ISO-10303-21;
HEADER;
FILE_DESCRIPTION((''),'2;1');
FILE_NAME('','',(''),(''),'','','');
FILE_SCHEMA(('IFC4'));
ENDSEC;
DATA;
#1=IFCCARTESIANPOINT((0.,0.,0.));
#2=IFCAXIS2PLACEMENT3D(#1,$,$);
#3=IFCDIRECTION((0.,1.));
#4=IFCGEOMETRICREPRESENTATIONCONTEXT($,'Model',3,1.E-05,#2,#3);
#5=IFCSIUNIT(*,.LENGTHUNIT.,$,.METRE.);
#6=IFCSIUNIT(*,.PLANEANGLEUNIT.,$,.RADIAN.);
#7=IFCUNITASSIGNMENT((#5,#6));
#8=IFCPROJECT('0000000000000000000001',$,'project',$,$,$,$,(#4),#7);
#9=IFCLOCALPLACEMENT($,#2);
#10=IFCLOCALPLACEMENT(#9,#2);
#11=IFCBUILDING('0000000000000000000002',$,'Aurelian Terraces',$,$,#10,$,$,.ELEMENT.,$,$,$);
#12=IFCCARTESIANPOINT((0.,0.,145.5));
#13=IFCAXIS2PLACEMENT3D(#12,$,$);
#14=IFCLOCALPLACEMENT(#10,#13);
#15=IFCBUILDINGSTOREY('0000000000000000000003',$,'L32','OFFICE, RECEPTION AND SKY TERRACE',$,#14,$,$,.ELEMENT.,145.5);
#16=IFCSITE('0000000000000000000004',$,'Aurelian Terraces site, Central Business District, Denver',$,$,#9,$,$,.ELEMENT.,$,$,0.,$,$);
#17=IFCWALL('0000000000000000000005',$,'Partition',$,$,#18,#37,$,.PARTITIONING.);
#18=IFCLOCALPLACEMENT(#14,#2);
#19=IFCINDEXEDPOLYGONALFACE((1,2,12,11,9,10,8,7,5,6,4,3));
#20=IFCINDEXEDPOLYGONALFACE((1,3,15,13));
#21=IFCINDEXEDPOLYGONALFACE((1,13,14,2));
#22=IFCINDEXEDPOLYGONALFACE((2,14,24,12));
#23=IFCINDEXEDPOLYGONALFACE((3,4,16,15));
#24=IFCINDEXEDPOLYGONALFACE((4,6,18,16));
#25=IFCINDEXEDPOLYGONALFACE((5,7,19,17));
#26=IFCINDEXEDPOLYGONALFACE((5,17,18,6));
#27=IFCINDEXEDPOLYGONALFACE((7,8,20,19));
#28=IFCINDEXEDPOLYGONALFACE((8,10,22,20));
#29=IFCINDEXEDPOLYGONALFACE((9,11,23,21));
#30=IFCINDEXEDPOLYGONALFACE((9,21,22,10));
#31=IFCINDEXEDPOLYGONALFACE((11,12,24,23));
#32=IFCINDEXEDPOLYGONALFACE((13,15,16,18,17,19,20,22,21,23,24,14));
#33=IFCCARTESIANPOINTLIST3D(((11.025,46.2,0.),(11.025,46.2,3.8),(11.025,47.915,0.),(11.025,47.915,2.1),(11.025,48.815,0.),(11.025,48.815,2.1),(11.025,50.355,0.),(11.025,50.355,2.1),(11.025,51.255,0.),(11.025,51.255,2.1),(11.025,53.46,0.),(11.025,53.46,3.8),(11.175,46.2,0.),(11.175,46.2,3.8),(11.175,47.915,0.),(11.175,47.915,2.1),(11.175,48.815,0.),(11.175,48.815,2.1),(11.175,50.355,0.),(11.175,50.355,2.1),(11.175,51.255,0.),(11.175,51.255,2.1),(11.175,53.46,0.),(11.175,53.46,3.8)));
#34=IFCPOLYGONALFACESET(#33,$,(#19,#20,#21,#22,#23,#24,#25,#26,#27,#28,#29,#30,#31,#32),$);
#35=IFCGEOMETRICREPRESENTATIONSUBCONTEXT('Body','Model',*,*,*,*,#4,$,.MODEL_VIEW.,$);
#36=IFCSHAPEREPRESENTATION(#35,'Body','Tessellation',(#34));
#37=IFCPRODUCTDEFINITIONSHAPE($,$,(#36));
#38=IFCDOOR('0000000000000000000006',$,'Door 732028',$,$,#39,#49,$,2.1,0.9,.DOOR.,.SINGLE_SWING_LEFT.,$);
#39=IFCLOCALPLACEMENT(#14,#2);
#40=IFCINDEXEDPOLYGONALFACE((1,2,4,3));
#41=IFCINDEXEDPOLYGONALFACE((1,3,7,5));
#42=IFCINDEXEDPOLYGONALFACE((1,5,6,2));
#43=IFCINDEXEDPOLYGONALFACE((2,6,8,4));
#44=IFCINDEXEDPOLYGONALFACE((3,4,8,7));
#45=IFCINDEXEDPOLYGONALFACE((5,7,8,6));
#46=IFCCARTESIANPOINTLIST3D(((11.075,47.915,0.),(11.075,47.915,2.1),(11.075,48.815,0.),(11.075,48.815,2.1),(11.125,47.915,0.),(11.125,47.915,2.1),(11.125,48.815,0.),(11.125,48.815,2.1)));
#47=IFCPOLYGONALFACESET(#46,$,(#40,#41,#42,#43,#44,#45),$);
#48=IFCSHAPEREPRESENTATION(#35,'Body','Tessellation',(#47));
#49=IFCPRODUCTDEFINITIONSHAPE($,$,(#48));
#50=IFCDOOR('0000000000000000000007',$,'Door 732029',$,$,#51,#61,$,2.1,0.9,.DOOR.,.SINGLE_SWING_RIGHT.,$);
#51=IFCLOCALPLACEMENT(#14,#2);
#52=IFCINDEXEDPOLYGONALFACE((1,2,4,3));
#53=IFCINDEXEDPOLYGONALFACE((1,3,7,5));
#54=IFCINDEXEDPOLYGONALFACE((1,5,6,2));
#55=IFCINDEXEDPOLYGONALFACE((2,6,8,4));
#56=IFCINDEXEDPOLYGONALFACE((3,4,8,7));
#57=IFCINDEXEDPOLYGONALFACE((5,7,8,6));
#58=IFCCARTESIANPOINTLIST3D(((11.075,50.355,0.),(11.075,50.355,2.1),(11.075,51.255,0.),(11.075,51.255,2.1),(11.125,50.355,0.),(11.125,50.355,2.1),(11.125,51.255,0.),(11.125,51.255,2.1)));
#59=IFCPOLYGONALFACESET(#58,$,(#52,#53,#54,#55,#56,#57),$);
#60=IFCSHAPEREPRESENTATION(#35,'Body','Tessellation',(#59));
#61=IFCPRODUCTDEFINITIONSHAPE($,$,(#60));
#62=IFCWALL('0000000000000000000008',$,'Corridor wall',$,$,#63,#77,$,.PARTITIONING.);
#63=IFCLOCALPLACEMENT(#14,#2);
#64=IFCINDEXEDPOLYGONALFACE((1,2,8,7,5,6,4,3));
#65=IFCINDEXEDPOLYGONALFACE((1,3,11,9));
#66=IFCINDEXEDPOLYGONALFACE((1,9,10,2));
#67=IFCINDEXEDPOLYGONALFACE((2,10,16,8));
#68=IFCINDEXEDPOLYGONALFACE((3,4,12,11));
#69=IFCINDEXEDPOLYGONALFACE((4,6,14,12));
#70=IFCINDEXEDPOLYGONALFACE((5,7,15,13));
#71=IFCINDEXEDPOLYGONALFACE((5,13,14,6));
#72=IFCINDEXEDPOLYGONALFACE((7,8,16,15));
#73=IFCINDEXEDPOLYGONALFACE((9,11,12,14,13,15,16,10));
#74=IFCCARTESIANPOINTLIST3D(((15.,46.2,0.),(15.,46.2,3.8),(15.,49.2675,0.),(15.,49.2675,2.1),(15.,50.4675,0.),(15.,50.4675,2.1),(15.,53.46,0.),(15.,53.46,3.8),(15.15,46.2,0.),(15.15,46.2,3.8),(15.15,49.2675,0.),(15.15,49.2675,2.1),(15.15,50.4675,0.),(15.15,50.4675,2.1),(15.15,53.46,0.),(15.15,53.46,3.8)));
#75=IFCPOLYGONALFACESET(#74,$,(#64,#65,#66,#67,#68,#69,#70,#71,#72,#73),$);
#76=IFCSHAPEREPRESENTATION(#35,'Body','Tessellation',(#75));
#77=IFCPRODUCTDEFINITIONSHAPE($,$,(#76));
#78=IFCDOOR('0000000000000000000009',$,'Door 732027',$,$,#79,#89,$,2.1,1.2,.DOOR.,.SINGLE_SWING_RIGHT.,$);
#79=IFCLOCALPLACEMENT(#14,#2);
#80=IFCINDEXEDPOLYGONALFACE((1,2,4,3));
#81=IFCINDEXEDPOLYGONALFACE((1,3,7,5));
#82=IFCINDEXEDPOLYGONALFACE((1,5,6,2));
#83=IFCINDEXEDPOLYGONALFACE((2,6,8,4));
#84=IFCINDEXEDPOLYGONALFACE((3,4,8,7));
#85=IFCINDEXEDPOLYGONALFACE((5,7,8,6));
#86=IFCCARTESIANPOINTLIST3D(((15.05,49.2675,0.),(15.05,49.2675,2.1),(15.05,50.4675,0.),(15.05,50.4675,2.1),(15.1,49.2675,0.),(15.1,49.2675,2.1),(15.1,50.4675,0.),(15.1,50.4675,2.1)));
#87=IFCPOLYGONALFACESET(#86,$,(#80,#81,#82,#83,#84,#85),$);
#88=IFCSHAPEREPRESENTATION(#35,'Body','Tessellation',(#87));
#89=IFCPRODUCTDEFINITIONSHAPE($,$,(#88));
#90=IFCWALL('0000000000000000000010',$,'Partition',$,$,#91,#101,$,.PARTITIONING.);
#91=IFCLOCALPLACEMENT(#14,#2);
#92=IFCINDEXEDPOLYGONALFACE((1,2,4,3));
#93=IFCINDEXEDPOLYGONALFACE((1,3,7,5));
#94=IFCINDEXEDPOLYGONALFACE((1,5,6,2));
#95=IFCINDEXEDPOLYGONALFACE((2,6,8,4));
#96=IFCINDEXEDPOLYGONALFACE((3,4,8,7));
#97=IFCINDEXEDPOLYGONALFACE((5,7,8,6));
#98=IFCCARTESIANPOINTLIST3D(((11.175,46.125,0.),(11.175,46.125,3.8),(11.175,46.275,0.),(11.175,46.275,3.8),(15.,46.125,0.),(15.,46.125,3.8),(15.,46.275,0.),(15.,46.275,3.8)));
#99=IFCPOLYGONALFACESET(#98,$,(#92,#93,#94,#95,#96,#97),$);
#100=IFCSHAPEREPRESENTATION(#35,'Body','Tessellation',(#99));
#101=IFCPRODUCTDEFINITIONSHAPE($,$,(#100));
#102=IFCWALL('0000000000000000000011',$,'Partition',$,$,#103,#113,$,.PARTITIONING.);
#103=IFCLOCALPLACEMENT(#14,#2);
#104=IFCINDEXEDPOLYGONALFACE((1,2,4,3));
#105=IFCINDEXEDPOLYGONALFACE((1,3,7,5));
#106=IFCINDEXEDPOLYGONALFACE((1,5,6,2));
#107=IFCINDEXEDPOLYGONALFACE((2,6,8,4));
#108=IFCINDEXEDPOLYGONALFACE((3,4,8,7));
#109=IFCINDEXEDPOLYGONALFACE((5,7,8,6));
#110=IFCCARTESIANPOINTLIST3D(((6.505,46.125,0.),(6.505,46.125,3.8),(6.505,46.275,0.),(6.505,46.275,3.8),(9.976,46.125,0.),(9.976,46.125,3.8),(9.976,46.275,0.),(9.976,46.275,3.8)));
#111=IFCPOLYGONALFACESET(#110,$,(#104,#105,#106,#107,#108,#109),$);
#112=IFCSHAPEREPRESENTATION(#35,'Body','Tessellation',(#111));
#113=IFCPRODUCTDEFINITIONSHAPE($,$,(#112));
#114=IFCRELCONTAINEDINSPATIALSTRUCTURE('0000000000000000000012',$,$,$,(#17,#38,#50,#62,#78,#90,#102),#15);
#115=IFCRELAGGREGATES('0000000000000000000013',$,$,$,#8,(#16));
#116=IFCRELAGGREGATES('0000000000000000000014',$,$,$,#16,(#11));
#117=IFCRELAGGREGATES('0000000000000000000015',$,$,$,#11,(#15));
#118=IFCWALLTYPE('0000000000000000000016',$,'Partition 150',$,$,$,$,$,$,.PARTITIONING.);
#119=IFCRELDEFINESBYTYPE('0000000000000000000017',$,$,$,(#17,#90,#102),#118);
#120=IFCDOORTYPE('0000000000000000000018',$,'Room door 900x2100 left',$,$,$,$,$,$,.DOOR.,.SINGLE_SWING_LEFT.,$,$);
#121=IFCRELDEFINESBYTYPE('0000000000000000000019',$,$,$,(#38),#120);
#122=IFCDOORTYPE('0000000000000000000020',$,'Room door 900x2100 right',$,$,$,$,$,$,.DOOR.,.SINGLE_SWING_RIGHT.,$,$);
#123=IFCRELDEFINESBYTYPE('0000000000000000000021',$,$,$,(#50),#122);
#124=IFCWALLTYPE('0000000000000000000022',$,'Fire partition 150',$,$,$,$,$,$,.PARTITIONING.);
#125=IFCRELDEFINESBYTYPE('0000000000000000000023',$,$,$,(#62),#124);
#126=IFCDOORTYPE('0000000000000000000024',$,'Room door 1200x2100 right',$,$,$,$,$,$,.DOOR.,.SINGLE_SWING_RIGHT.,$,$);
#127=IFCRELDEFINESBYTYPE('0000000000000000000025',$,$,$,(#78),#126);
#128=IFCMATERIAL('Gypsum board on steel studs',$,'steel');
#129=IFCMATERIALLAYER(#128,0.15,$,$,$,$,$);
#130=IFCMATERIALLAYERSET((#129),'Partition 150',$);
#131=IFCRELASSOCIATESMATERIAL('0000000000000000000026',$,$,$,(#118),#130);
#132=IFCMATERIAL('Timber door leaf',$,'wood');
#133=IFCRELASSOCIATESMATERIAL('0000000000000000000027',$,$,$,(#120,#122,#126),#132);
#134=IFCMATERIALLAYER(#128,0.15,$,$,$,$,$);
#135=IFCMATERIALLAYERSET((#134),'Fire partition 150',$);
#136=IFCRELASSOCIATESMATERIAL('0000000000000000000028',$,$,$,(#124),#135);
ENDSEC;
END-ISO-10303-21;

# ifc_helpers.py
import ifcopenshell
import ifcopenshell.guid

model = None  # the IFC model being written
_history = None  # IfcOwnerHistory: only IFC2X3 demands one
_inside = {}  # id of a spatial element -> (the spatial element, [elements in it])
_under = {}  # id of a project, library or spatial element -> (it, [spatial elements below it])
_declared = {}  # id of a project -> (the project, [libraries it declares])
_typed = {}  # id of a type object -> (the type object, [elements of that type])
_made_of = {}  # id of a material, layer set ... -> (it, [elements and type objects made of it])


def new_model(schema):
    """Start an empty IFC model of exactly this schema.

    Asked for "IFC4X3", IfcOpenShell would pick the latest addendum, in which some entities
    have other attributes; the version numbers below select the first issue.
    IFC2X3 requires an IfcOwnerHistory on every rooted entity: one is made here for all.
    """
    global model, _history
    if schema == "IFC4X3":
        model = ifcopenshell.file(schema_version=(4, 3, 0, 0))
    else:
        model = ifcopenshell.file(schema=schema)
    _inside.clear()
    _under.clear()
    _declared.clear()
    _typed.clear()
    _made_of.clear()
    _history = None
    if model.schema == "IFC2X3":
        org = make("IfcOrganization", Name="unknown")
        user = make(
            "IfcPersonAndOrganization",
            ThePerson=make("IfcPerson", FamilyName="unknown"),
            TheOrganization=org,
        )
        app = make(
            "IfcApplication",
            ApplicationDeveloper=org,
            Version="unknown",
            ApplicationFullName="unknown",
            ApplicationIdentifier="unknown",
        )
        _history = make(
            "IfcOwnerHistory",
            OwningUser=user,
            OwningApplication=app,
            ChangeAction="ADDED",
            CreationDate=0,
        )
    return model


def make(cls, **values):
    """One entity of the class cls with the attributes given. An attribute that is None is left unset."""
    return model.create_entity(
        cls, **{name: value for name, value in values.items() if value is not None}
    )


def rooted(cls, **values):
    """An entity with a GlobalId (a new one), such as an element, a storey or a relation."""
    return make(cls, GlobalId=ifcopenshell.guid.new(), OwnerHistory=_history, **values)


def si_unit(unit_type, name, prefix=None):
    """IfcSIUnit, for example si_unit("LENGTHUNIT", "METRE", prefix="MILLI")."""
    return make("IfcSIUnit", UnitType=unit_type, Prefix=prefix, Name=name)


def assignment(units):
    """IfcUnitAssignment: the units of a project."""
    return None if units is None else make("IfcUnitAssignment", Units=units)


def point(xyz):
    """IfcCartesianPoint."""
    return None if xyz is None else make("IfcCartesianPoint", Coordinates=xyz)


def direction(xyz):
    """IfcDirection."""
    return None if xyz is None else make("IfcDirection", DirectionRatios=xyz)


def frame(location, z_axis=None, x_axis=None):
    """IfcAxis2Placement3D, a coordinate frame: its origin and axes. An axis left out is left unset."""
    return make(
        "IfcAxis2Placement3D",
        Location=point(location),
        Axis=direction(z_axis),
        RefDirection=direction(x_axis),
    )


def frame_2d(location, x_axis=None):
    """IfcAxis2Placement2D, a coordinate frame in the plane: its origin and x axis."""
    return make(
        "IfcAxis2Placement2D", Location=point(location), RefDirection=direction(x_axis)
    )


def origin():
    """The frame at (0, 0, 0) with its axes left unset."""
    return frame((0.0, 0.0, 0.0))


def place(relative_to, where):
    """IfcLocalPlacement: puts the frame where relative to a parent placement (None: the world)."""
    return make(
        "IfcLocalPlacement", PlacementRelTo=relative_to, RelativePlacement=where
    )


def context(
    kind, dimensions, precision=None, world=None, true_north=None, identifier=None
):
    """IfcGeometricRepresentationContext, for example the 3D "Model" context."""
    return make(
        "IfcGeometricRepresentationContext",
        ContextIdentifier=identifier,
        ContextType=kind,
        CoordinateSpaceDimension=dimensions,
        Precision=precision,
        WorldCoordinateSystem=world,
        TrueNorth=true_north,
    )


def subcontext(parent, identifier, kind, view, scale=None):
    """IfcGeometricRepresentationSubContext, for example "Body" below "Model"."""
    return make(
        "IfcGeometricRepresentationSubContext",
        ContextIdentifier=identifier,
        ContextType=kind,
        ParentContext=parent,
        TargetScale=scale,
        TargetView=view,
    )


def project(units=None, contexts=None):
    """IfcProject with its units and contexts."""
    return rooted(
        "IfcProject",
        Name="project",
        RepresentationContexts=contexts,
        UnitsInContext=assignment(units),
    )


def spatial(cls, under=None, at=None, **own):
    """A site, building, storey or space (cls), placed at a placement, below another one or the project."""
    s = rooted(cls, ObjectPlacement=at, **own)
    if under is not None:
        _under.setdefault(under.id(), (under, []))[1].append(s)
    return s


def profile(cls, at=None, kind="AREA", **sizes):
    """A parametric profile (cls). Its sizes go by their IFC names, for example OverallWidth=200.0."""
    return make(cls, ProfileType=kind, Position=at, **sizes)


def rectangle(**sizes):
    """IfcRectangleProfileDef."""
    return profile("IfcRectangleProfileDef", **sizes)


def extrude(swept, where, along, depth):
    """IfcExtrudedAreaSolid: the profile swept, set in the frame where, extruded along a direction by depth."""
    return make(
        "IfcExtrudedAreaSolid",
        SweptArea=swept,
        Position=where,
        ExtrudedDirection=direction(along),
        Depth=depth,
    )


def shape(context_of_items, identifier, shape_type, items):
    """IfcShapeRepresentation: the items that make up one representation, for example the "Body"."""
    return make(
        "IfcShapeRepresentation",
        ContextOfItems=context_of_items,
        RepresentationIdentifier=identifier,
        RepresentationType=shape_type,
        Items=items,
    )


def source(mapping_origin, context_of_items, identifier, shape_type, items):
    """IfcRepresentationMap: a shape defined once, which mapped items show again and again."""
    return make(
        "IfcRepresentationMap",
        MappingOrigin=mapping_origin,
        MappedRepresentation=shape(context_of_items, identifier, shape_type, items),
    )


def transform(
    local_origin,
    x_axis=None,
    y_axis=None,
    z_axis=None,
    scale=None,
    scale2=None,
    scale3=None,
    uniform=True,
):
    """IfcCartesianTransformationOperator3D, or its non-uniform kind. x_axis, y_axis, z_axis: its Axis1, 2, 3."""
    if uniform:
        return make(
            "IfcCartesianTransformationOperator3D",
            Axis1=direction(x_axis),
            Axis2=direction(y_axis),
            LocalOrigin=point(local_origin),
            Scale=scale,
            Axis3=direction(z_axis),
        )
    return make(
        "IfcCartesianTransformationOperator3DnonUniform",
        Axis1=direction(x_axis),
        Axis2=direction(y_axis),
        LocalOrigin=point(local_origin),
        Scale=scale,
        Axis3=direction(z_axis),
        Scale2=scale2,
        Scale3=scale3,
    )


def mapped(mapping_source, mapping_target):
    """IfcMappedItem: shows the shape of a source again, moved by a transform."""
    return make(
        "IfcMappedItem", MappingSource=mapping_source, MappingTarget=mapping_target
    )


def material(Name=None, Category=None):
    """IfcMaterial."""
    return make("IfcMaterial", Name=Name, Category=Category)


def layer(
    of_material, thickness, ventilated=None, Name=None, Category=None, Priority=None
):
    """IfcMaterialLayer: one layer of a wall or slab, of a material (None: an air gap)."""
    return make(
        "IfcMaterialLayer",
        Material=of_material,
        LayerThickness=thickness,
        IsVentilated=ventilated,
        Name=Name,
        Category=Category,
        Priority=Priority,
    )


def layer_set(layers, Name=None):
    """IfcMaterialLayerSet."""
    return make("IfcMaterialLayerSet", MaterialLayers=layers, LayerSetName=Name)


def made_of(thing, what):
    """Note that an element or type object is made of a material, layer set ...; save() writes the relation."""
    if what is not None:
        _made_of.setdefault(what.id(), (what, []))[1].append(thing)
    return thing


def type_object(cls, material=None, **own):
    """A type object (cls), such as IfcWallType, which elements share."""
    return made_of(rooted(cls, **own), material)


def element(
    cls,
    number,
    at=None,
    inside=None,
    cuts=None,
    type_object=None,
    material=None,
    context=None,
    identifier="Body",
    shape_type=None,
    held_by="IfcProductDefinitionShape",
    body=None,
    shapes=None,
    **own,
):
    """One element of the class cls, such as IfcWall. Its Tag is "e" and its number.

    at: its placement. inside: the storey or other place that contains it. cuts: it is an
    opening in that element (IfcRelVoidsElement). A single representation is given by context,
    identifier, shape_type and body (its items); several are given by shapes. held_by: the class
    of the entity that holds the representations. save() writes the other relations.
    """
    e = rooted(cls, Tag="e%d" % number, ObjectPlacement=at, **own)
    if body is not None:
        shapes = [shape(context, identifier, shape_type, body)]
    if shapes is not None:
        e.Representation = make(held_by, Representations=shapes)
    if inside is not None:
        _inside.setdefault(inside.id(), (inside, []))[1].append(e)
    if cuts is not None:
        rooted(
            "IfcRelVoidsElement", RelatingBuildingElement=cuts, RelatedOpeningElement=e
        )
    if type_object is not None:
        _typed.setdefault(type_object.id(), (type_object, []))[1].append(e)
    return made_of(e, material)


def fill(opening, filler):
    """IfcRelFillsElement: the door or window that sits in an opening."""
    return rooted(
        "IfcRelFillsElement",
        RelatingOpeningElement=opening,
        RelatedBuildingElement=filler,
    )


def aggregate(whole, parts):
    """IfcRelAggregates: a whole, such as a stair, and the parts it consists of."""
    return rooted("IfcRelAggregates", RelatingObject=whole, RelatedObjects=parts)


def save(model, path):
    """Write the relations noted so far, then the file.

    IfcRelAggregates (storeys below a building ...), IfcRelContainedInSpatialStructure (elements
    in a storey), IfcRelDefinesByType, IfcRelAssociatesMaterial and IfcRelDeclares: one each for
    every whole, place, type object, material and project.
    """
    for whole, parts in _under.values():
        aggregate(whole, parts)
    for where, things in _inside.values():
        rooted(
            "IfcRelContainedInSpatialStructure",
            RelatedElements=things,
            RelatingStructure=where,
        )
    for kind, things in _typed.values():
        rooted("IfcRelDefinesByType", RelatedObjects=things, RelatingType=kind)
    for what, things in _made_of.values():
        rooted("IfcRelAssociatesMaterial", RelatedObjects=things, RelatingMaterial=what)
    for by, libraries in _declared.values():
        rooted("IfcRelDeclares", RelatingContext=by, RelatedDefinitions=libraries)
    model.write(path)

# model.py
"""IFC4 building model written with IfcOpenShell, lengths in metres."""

from ifc_helpers import new_model, si_unit, direction, frame, frame_2d, origin, place, context, subcontext, project, spatial, rectangle, extrude, source, transform, mapped, material, layer, layer_set, type_object, element, fill, save


model = new_model("IFC4")

# Units and contexts
model_context = context("Model", 3, precision=1e-05, world=origin(), true_north=direction((0.0, 1.0)))
body_context = subcontext(model_context, "Body", "Model", "MODEL_VIEW")
ifc_project = project(units=[si_unit("LENGTHUNIT", "METRE"), si_unit("PLANEANGLEUNIT", "RADIAN")], contexts=[model_context])

# Site, building, storey
site_placement = place(None, origin())
site = spatial("IfcSite", under=ifc_project, at=site_placement, Name="Aurelian Terraces site, Central Business District, Denver", CompositionType="ELEMENT", RefElevation=0.0)
building_placement = place(site_placement, origin())
building = spatial("IfcBuilding", under=site, at=building_placement, Name="Aurelian Terraces", CompositionType="ELEMENT")
storey_placement = place(building_placement, frame((0.0, 0.0, 145.5)))
storey = spatial("IfcBuildingStorey", under=building, at=storey_placement, Name="L32", Description="OFFICE, RECEPTION AND SKY TERRACE", CompositionType="ELEMENT", Elevation=145.5)

# Shared definitions
ifc_material_1 = material(Name="Gypsum board on steel studs", Category="steel")
shared_shape_1 = source(origin(), body_context, "Body", "SweptSolid", [
    extrude(rectangle(XDim=0.9, YDim=2.1, at=frame_2d((0.45, 1.05))), frame((0.0, 0.025, 0.0), z_axis=(0.0, -1.0, 0.0), x_axis=(1.0, 0.0, 0.0)), (0.0, 0.0, 1.0), 0.05),
])
shared_shape_2 = source(origin(), body_context, "Body", "SweptSolid", [
    extrude(rectangle(XDim=1.2, YDim=2.1, at=frame_2d((0.6, 1.05))), frame((0.0, 0.025, 0.0), z_axis=(0.0, -1.0, 0.0), x_axis=(1.0, 0.0, 0.0)), (0.0, 0.0, 1.0), 0.05),
])

# Shared definitions
ifc_layer_1 = layer(ifc_material_1, 0.15)
ifc_layer_set_1 = layer_set([ifc_layer_1], Name="Partition 150")
wall_type_1 = type_object("IfcWallType", Name="Partition 150", PredefinedType="PARTITIONING", material=ifc_layer_set_1)

# Shared definitions
shared_shape_3 = source(origin(), body_context, "Body", "SweptSolid", [
    extrude(rectangle(XDim=0.9, YDim=2.1, at=frame_2d((0.45, 1.05))), frame((0.0, 0.085, 0.0), z_axis=(0.0, -1.0, 0.0), x_axis=(1.0, 0.0, 0.0)), (0.0, 0.0, 1.0), 0.17),
])
ifc_material_2 = material(Name="Timber door leaf", Category="wood")
door_type_1 = type_object("IfcDoorType", Name="Room door 900x2100 left", OperationType="SINGLE_SWING_LEFT", PredefinedType="DOOR", material=ifc_material_2)

# Wall, openings, doors
shared_shape_4 = source(origin(), body_context, "Body", "SweptSolid", [
    extrude(rectangle(XDim=7.26, YDim=0.15, at=frame_2d((3.63, 0.0))), origin(), (0.0, 0.0, 1.0), 3.8),
])
wall_1_placement = place(storey_placement, frame((11.1, 46.2, 0.0), z_axis=(0.0, 0.0, 1.0), x_axis=(0.0, 1.0, 0.0)))
wall_1 = element("IfcWall", 1, at=wall_1_placement, inside=storey, type_object=wall_type_1, Name="Partition", PredefinedType="PARTITIONING", context=body_context, shape_type="MappedRepresentation", body=[
    mapped(shared_shape_4, transform((0.0, 0.0, 0.0), scale=1.0)),
])
opening_1_placement = place(wall_1_placement, frame((1.715, 0.0, 0.0)))
opening_1 = element("IfcOpeningElement", 2, at=opening_1_placement, cuts=wall_1, PredefinedType="OPENING", context=body_context, shape_type="MappedRepresentation", body=[
    mapped(shared_shape_3, transform((0.0, 0.0, 0.0), scale=1.0)),
])
opening_2_placement = place(wall_1_placement, frame((4.155, 0.0, 0.0)))
opening_2 = element("IfcOpeningElement", 3, at=opening_2_placement, cuts=wall_1, PredefinedType="OPENING", context=body_context, shape_type="MappedRepresentation", body=[
    mapped(shared_shape_3, transform((0.0, 0.0, 0.0), scale=1.0)),
])
door_1_placement = place(opening_1_placement, origin())
door_1 = element("IfcDoor", 4, at=door_1_placement, inside=storey, type_object=door_type_1, Name="Door 732028", OperationType="SINGLE_SWING_LEFT", OverallHeight=2.1, OverallWidth=0.9, PredefinedType="DOOR", context=body_context, shape_type="MappedRepresentation", body=[
    mapped(shared_shape_1, transform((0.0, 0.0, 0.0), scale=1.0)),
])
fill(opening_1, door_1)
door_type_2 = type_object("IfcDoorType", Name="Room door 900x2100 right", OperationType="SINGLE_SWING_RIGHT", PredefinedType="DOOR", material=ifc_material_2)
door_2_placement = place(opening_2_placement, origin())
door_2 = element("IfcDoor", 5, at=door_2_placement, inside=storey, type_object=door_type_2, Name="Door 732029", OperationType="SINGLE_SWING_RIGHT", OverallHeight=2.1, OverallWidth=0.9, PredefinedType="DOOR", context=body_context, shape_type="MappedRepresentation", body=[
    mapped(shared_shape_1, transform((0.0, 0.0, 0.0), scale=1.0)),
])
fill(opening_2, door_2)

# Wall, opening, door
ifc_layer_2 = layer(ifc_material_1, 0.15)
ifc_layer_set_2 = layer_set([ifc_layer_2], Name="Fire partition 150")
wall_type_2 = type_object("IfcWallType", Name="Fire partition 150", PredefinedType="PARTITIONING", material=ifc_layer_set_2)
wall_2_placement = place(storey_placement, frame((15.075, 46.2, 0.0), z_axis=(0.0, 0.0, 1.0), x_axis=(0.0, 1.0, 0.0)))
wall_2 = element("IfcWall", 6, at=wall_2_placement, inside=storey, type_object=wall_type_2, Name="Corridor wall", PredefinedType="PARTITIONING", context=body_context, shape_type="MappedRepresentation", body=[
    mapped(shared_shape_4, transform((0.0, 0.0, 0.0), scale=1.0)),
])
shared_shape_5 = source(origin(), body_context, "Body", "SweptSolid", [
    extrude(rectangle(XDim=1.2, YDim=2.1, at=frame_2d((0.6, 1.05))), frame((0.0, 0.085, 0.0), z_axis=(0.0, -1.0, 0.0), x_axis=(1.0, 0.0, 0.0)), (0.0, 0.0, 1.0), 0.17),
])
opening_3_placement = place(wall_2_placement, frame((3.0675, 0.0, 0.0)))
opening_3 = element("IfcOpeningElement", 7, at=opening_3_placement, cuts=wall_2, PredefinedType="OPENING", context=body_context, shape_type="MappedRepresentation", body=[
    mapped(shared_shape_5, transform((0.0, 0.0, 0.0), scale=1.0)),
])
door_type_3 = type_object("IfcDoorType", Name="Room door 1200x2100 right", OperationType="SINGLE_SWING_RIGHT", PredefinedType="DOOR", material=ifc_material_2)
door_3_placement = place(opening_3_placement, origin())
door_3 = element("IfcDoor", 8, at=door_3_placement, inside=storey, type_object=door_type_3, Name="Door 732027", OperationType="SINGLE_SWING_RIGHT", OverallHeight=2.1, OverallWidth=1.2, PredefinedType="DOOR", context=body_context, shape_type="MappedRepresentation", body=[
    mapped(shared_shape_2, transform((0.0, 0.0, 0.0), scale=1.0)),
])
fill(opening_3, door_3)

# Walls
shared_shape_6 = source(origin(), body_context, "Body", "SweptSolid", [
    extrude(rectangle(XDim=3.825, YDim=0.15, at=frame_2d((1.9125, 0.0))), origin(), (0.0, 0.0, 1.0), 3.8),
])
wall_3_placement = place(storey_placement, frame((15.0, 46.2, 0.0), z_axis=(0.0, 0.0, 1.0), x_axis=(-1.0, 0.0, 0.0)))
element("IfcWall", 9, at=wall_3_placement, inside=storey, type_object=wall_type_1, Name="Partition", PredefinedType="PARTITIONING", context=body_context, shape_type="MappedRepresentation", body=[
    mapped(shared_shape_6, transform((0.0, 0.0, 0.0), scale=1.0)),
])
shared_shape_7 = source(origin(), body_context, "Body", "SweptSolid", [
    extrude(rectangle(XDim=3.471, YDim=0.15, at=frame_2d((1.7355, 0.0))), origin(), (0.0, 0.0, 1.0), 3.8),
])
wall_4_placement = place(storey_placement, frame((9.976, 46.2, 0.0), z_axis=(0.0, 0.0, 1.0), x_axis=(-1.0, 0.0, 0.0)))
element("IfcWall", 10, at=wall_4_placement, inside=storey, type_object=wall_type_1, Name="Partition", PredefinedType="PARTITIONING", context=body_context, shape_type="MappedRepresentation", body=[
    mapped(shared_shape_7, transform((0.0, 0.0, 0.0), scale=1.0)),
])

save(model, "model.ifc")
